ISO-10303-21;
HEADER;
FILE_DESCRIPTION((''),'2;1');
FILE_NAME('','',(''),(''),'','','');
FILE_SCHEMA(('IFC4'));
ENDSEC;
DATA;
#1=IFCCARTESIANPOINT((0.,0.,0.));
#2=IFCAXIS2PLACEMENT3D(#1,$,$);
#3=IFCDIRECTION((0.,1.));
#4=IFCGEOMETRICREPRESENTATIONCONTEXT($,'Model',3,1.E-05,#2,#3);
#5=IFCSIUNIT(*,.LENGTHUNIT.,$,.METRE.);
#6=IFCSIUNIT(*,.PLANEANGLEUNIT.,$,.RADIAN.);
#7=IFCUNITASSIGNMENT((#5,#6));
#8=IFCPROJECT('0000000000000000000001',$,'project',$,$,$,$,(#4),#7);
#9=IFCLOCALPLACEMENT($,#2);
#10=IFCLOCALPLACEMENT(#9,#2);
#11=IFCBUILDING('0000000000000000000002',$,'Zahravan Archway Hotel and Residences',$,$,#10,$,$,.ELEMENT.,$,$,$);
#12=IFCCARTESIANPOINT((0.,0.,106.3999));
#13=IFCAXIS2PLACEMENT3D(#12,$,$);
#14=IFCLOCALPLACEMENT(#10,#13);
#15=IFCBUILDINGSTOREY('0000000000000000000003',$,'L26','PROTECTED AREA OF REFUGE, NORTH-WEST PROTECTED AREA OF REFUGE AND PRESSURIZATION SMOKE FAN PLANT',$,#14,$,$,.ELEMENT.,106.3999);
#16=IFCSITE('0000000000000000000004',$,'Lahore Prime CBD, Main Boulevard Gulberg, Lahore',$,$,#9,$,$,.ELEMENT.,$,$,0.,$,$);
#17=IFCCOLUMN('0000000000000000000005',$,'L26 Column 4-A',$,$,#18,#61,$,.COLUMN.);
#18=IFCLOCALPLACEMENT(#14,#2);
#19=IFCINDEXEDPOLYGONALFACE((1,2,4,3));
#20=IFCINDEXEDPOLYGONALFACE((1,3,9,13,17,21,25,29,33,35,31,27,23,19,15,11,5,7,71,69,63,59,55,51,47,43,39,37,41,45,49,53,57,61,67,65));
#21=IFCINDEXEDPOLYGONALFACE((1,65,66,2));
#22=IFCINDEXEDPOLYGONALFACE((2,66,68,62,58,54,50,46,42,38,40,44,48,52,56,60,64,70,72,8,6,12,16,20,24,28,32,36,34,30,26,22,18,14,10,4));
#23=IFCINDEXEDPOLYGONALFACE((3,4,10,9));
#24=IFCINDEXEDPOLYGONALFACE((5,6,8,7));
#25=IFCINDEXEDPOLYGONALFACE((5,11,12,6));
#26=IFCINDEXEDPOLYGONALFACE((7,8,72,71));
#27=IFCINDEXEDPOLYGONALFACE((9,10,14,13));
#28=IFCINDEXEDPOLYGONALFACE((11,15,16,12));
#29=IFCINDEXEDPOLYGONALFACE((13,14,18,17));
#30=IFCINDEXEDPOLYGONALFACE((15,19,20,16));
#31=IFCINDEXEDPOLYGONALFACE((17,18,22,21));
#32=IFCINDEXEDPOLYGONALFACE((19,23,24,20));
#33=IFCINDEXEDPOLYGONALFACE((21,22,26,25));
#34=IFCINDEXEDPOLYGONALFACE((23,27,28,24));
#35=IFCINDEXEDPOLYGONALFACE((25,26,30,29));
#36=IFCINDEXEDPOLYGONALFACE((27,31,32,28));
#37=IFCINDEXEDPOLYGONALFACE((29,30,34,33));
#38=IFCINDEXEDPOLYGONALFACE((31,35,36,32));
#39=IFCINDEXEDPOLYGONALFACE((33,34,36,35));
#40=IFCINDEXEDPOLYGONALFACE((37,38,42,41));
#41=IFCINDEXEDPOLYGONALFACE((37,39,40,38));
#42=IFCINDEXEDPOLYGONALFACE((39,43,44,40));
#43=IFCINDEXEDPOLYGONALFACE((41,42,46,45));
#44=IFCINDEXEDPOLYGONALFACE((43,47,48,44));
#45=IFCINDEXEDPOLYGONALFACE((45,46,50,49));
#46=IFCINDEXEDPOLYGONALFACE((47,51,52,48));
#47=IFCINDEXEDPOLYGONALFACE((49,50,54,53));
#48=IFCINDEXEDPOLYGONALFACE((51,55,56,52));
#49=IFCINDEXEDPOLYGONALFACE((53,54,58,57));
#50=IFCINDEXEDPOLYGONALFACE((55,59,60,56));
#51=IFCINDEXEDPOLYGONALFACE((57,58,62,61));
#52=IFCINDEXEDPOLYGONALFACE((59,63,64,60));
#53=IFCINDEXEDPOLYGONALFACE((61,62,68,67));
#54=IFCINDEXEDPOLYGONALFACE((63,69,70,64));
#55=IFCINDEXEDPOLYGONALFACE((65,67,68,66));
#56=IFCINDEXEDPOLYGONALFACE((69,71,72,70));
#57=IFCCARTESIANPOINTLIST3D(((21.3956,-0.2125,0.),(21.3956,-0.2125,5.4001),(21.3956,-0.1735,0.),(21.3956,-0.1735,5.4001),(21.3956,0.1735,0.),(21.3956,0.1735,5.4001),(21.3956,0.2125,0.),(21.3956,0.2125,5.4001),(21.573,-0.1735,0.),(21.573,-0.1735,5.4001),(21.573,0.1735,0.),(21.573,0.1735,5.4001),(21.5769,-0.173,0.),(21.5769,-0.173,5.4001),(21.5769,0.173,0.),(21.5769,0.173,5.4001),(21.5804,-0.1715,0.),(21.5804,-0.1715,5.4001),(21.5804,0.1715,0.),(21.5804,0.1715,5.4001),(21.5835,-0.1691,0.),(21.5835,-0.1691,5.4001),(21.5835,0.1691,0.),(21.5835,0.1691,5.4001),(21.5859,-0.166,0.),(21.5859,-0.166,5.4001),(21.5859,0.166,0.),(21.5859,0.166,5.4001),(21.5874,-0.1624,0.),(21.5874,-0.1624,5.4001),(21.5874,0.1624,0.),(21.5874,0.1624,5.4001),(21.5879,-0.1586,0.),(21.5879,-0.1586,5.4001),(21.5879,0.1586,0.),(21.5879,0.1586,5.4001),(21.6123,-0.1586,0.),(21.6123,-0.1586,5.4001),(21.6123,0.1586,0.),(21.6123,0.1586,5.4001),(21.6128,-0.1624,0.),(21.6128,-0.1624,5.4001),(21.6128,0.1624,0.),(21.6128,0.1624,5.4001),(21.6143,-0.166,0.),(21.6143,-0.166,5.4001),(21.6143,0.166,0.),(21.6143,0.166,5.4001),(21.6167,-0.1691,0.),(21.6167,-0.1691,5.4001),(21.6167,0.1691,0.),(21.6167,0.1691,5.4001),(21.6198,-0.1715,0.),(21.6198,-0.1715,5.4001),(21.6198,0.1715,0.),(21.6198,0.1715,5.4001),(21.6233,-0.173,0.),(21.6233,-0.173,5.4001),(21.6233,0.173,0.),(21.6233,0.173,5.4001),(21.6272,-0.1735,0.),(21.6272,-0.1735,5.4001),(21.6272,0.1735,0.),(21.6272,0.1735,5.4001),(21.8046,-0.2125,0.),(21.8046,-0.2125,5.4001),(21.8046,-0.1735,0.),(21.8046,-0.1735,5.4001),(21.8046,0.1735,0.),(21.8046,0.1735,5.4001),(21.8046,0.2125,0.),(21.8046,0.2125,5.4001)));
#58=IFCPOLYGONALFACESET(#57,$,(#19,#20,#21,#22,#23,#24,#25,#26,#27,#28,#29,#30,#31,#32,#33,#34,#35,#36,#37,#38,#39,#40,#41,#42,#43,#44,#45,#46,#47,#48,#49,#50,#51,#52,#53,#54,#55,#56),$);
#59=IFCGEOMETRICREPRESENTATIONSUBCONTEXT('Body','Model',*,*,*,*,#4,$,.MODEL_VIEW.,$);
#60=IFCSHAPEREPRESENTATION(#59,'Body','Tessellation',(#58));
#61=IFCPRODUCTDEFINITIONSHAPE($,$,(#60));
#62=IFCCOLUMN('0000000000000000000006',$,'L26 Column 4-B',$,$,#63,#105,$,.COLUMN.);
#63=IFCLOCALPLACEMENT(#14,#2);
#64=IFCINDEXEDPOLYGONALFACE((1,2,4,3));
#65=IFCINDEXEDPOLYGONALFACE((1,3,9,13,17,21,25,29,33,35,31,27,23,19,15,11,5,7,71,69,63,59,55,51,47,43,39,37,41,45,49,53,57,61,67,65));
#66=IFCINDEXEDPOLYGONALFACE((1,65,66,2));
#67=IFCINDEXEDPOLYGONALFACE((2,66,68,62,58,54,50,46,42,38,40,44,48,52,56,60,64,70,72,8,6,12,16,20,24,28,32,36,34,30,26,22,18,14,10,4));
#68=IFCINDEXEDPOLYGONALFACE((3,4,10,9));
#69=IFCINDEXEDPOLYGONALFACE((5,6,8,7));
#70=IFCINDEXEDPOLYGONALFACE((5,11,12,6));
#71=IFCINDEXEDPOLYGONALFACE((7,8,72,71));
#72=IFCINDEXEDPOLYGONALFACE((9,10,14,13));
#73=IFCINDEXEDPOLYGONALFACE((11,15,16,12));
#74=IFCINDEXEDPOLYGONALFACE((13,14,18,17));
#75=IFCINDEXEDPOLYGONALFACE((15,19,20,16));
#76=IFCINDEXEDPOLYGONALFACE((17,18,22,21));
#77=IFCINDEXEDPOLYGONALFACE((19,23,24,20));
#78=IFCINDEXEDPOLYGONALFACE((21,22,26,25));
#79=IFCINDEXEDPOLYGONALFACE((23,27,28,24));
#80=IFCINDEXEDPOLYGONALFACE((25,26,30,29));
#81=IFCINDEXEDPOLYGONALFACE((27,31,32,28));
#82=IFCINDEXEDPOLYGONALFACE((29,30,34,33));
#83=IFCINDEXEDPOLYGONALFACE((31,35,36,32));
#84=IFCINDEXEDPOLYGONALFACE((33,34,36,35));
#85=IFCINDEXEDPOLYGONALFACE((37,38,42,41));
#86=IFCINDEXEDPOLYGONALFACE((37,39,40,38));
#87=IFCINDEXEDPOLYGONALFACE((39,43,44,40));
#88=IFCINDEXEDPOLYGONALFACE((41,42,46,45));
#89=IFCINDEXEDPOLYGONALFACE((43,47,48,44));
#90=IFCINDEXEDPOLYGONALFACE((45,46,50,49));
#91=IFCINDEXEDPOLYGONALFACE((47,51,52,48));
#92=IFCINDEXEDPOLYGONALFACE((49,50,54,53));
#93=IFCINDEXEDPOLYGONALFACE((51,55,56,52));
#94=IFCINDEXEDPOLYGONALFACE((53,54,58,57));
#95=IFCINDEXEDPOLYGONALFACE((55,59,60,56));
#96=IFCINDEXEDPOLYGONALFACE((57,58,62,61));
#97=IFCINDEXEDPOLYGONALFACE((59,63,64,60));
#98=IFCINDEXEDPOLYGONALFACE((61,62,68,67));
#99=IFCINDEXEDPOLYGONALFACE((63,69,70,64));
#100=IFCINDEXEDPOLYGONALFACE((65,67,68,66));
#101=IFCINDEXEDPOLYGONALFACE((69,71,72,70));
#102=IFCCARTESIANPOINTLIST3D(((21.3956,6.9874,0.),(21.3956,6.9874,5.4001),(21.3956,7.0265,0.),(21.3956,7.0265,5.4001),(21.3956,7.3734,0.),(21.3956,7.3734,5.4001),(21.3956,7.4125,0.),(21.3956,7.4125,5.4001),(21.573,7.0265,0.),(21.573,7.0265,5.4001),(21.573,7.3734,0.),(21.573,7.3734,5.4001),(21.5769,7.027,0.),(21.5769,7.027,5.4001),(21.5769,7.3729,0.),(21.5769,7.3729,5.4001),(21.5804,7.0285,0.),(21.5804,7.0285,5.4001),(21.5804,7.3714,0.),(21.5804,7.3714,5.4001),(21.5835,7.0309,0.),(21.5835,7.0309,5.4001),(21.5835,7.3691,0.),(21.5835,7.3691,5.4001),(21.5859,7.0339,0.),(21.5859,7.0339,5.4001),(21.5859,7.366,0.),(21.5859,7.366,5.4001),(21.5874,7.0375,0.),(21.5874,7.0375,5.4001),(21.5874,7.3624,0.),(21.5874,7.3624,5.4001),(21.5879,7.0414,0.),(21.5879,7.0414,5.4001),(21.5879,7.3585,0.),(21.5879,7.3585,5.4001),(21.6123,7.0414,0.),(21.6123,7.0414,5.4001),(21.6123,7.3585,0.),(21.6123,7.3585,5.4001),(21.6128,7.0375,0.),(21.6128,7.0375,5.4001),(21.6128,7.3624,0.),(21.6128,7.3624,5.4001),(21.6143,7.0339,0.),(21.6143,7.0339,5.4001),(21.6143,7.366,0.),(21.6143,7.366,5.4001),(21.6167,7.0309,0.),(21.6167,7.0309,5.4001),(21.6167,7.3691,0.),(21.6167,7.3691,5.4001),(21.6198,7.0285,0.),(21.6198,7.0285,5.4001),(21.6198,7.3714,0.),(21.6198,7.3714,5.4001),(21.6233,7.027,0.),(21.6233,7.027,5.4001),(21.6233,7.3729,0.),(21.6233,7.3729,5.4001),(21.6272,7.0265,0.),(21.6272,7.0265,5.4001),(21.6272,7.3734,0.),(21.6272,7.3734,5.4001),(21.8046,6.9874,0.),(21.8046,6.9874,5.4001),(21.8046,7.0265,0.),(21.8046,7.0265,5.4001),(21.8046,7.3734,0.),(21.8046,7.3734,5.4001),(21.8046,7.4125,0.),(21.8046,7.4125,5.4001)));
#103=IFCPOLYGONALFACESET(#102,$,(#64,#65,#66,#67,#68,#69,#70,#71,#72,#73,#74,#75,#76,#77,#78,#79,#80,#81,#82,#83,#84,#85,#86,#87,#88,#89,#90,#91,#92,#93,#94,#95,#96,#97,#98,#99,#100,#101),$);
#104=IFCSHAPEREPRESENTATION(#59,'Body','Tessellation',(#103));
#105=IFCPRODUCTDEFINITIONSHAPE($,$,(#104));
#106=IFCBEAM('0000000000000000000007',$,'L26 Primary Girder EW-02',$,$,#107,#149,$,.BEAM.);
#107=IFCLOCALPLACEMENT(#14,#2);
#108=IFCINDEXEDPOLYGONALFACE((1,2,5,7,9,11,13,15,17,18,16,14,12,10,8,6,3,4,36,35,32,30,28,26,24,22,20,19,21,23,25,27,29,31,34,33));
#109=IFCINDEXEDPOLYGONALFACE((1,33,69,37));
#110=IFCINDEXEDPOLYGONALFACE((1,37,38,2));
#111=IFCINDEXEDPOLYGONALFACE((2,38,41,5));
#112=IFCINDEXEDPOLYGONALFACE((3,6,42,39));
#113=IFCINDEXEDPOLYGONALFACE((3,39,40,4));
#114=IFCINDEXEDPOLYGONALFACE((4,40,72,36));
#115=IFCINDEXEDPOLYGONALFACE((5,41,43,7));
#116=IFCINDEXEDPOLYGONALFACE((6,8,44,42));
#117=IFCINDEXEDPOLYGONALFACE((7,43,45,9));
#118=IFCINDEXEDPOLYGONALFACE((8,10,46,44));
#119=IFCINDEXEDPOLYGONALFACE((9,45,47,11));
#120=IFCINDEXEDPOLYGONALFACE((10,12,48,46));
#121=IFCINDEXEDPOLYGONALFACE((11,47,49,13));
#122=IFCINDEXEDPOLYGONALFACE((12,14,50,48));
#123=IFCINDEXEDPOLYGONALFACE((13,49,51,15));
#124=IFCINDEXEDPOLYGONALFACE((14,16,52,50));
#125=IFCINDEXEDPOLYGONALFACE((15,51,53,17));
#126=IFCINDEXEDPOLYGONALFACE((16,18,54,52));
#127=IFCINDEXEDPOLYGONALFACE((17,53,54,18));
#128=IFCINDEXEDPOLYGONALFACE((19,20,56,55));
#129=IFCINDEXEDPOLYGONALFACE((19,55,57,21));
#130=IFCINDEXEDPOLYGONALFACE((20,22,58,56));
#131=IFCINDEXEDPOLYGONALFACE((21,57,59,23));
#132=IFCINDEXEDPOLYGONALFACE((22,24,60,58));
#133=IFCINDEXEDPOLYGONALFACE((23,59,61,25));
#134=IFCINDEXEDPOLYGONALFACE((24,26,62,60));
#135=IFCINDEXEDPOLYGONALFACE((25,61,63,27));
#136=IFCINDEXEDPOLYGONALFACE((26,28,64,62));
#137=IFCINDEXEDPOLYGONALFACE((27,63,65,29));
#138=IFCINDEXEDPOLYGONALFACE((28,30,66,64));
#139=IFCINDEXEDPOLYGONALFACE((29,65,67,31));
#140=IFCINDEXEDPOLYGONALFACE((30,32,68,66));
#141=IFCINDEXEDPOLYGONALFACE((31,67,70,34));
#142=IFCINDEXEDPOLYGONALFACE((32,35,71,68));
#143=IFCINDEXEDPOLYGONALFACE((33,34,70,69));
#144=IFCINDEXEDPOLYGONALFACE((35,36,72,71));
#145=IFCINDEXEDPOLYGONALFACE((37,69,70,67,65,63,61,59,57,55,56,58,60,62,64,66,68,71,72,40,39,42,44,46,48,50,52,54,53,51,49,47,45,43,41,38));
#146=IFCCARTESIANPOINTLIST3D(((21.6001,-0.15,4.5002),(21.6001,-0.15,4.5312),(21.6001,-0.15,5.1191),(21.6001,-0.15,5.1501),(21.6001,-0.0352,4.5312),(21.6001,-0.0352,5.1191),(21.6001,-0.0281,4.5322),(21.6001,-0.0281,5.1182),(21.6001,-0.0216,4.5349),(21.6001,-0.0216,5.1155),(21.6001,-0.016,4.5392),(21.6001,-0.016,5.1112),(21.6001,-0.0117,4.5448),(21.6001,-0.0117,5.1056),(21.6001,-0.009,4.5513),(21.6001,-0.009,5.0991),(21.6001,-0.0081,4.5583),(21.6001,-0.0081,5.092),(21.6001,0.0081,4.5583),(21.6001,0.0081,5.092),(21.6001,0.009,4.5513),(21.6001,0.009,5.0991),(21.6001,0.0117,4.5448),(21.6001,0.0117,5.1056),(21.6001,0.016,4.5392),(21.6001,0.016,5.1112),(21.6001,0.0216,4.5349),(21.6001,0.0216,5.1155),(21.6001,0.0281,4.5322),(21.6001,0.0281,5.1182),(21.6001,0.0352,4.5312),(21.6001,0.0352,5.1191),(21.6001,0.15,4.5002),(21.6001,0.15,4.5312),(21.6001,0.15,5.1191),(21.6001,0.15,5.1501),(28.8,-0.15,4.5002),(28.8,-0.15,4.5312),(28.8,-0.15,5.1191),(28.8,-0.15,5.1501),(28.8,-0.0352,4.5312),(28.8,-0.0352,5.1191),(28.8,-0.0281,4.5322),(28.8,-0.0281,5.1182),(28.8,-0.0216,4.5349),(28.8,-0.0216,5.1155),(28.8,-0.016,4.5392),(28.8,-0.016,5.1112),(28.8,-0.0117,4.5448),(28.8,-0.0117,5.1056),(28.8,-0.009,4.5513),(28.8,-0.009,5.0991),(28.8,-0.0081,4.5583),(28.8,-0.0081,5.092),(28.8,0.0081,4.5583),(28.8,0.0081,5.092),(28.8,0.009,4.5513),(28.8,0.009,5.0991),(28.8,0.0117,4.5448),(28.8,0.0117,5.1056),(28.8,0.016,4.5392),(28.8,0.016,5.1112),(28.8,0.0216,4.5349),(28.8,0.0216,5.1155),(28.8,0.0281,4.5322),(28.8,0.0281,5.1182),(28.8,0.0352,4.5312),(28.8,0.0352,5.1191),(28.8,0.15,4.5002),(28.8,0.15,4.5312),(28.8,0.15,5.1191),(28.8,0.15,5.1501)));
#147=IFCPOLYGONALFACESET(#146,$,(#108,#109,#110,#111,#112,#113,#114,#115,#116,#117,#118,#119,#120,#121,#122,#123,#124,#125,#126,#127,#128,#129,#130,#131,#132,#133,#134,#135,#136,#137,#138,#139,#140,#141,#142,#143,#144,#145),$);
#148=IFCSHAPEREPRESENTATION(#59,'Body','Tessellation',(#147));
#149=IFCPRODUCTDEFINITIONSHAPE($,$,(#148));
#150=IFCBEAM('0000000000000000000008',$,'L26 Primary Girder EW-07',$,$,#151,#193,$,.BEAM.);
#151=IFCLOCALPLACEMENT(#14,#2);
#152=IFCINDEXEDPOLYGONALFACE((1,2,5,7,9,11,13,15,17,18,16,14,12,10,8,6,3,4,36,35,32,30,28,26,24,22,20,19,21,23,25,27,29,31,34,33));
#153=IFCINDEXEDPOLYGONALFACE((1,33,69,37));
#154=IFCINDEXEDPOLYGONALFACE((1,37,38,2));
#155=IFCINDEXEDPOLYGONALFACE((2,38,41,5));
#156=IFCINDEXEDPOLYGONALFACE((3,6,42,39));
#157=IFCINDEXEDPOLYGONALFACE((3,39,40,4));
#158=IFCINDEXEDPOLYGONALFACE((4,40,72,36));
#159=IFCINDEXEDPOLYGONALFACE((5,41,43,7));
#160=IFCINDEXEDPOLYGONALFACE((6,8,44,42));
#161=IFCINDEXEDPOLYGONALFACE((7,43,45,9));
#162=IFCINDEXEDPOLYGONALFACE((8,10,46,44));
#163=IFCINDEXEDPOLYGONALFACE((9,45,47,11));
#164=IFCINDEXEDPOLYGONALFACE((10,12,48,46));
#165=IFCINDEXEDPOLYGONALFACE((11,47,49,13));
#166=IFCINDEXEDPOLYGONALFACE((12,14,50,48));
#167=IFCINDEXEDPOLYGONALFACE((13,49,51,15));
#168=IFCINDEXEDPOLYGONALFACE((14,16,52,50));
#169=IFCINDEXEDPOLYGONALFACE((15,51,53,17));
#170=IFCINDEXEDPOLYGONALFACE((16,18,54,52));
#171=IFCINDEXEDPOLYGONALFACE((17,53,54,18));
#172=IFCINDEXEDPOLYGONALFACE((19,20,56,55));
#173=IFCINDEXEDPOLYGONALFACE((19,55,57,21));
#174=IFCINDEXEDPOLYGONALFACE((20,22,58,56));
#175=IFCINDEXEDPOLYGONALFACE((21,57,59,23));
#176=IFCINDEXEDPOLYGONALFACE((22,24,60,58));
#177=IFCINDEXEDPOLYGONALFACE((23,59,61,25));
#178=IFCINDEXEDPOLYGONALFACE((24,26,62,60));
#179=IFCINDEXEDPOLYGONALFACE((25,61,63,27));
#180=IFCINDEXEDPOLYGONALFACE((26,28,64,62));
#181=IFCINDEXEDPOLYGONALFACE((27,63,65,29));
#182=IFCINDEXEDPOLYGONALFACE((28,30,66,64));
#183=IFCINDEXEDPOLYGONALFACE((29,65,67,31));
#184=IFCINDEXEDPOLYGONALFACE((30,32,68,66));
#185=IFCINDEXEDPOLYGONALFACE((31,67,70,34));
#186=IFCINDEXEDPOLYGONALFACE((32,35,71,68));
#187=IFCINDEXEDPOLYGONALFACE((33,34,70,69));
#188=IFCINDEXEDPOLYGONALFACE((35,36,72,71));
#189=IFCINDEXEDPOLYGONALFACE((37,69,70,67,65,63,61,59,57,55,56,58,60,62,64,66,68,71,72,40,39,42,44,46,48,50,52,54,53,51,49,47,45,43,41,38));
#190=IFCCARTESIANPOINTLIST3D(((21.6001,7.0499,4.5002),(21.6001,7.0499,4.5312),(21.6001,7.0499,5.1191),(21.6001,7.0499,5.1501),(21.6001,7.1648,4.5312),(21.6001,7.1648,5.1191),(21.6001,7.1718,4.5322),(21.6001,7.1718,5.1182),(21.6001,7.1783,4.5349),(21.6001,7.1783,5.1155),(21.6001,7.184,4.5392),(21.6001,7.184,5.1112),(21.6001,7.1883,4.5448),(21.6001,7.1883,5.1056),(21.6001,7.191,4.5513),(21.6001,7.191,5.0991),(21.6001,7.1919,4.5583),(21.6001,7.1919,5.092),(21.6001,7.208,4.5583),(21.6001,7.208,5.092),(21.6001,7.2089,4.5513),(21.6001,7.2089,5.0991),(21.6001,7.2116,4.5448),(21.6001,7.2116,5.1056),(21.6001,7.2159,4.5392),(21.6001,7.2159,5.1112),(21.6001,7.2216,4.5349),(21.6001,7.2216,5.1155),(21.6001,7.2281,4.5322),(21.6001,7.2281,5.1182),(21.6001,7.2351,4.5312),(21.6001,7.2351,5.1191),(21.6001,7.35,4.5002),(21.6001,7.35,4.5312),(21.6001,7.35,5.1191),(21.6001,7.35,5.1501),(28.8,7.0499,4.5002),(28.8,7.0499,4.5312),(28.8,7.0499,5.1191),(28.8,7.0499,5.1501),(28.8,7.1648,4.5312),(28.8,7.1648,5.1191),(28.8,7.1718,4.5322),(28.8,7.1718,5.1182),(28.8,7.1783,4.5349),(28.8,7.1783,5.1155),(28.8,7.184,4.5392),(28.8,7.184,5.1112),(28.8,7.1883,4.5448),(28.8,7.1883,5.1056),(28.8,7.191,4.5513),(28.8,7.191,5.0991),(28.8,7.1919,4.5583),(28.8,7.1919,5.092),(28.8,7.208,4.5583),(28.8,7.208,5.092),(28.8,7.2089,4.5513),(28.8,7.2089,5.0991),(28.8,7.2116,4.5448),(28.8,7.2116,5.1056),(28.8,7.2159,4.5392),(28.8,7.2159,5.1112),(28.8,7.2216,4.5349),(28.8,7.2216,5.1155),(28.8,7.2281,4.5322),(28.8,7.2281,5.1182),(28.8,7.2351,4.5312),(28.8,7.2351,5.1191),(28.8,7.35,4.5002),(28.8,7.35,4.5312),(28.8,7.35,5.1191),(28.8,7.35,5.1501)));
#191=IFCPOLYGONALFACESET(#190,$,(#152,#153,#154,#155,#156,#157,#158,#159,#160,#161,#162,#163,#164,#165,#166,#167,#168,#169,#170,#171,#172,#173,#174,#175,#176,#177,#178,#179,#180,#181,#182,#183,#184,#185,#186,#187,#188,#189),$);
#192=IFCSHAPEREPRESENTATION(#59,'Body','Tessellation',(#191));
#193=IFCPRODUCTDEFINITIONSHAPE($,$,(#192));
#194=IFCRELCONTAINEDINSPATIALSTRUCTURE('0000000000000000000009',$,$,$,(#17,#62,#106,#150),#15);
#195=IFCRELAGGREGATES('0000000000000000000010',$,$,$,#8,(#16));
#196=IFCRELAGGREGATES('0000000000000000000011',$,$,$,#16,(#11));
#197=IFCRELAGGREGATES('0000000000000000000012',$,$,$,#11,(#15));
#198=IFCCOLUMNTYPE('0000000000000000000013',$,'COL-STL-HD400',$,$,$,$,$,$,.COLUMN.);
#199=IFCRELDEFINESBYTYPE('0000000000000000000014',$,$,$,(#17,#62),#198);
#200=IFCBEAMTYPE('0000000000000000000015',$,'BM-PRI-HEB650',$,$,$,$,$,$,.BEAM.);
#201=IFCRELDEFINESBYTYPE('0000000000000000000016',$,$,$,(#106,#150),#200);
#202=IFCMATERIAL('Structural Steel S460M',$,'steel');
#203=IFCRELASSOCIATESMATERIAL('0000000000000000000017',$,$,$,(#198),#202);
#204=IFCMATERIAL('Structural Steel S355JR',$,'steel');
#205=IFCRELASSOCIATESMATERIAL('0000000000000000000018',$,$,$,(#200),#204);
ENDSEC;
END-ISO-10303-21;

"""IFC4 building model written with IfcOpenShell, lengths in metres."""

from ifc_helpers import new_model, si_unit, direction, frame, origin, origin_2d, place, context, subcontext, project, spatial, i_section, extrude, source, transform, mapped, material, material_profile, profile_set, type_object, element, save


model = new_model("IFC4")

# Units and contexts
model_context = context("Model", 3, precision=1e-05, world=origin(), true_north=direction((0.0, 1.0)))
body_context = subcontext(model_context, "Body", "Model", "MODEL_VIEW")
ifc_project = project(units=[si_unit("LENGTHUNIT", "METRE"), si_unit("PLANEANGLEUNIT", "RADIAN")], contexts=[model_context])

# Site, building, storey
site_placement = place(None, origin())
site = spatial("IfcSite", under=ifc_project, at=site_placement, Name="Lahore Prime CBD, Main Boulevard Gulberg, Lahore", CompositionType="ELEMENT", RefElevation=0.0)
building_placement = place(site_placement, origin())
building = spatial("IfcBuilding", under=site, at=building_placement, Name="Zahravan Archway Hotel and Residences", CompositionType="ELEMENT")
storey_placement = place(building_placement, frame((0.0, 0.0, 106.3999)))
storey = spatial("IfcBuildingStorey", under=building, at=storey_placement, Name="L26", Description="PROTECTED AREA OF REFUGE, NORTH-WEST PROTECTED AREA OF REFUGE AND PRESSURIZATION SMOKE FAN PLANT", CompositionType="ELEMENT", Elevation=106.3999)

# Columns
ifc_material_1 = material(Name="Structural Steel S460M", Category="steel")
ifc_material_profile_1 = material_profile(ifc_material_1, i_section(OverallWidth=0.4089, OverallDepth=0.425, WebThickness=0.0244, FlangeThickness=0.0391, FilletRadius=0.0149, at=origin_2d()), Name="HD 400x421", Category="steel")
ifc_profile_set_1 = profile_set([ifc_material_profile_1], Name="Structural Steel S460M")
column_type = type_object("IfcColumnType", Name="COL-STL-HD400", PredefinedType="COLUMN", material=ifc_profile_set_1)
shared_shape_1 = source(origin(), body_context, "Body", "SweptSolid", [
    extrude(i_section(OverallWidth=0.4089, OverallDepth=0.425, WebThickness=0.0244, FlangeThickness=0.0391, FilletRadius=0.0149, at=origin_2d()), origin(), (0.0, 0.0, 1.0), 5.4001),
])
for number, where, z_axis, x_axis, name in (
    (1, (21.6001, 0.0, 0.0), (0.0, 0.0, 1.0), (1.0, 0.0, 0.0), "L26 Column 4-A"),
    (2, (21.6001, 7.2, 0.0), (0.0, 0.0, 1.0), (1.0, 0.0, 0.0), "L26 Column 4-B"),
):
    element("IfcColumn", number, at=place(storey_placement, frame(where, z_axis=z_axis, x_axis=x_axis)), inside=storey, type_object=column_type, Name=name, PredefinedType="COLUMN", context=body_context, shape_type="MappedRepresentation", body=[
        mapped(shared_shape_1, transform((0.0, 0.0, 0.0), scale=1.0)),
    ])

# Beams
ifc_material_2 = material(Name="Structural Steel S355JR", Category="steel")
ifc_material_profile_2 = material_profile(ifc_material_2, i_section(OverallWidth=0.3, OverallDepth=0.6499, WebThickness=0.0161, FlangeThickness=0.031, FilletRadius=0.0271, at=origin_2d()), Name="HEB 650", Category="steel")
ifc_profile_set_2 = profile_set([ifc_material_profile_2], Name="Structural Steel S355JR")
beam_type_1 = type_object("IfcBeamType", Name="BM-PRI-HEB650", PredefinedType="BEAM", material=ifc_profile_set_2)
shared_shape_2 = source(origin(), body_context, "Body", "SweptSolid", [
    extrude(i_section(OverallWidth=0.3, OverallDepth=0.6499, WebThickness=0.0161, FlangeThickness=0.031, FilletRadius=0.0271, at=origin_2d()), origin(), (0.0, 0.0, 1.0), 7.2),
])
for number, where, z_axis, x_axis, name in (
    (3, (21.6001, 0.0, 4.8252), (1.0, 0.0, 0.0), (0.0, 1.0, 0.0), "L26 Primary Girder EW-02"),
    (4, (21.6001, 7.2, 4.8252), (1.0, 0.0, 0.0), (0.0, 1.0, 0.0), "L26 Primary Girder EW-07"),
):
    element("IfcBeam", number, at=place(storey_placement, frame(where, z_axis=z_axis, x_axis=x_axis)), inside=storey, type_object=beam_type_1, Name=name, PredefinedType="BEAM", context=body_context, shape_type="MappedRepresentation", body=[
        mapped(shared_shape_2, transform((0.0, 0.0, 0.0), scale=1.0)),
    ])

save(model, "model.ifc")
